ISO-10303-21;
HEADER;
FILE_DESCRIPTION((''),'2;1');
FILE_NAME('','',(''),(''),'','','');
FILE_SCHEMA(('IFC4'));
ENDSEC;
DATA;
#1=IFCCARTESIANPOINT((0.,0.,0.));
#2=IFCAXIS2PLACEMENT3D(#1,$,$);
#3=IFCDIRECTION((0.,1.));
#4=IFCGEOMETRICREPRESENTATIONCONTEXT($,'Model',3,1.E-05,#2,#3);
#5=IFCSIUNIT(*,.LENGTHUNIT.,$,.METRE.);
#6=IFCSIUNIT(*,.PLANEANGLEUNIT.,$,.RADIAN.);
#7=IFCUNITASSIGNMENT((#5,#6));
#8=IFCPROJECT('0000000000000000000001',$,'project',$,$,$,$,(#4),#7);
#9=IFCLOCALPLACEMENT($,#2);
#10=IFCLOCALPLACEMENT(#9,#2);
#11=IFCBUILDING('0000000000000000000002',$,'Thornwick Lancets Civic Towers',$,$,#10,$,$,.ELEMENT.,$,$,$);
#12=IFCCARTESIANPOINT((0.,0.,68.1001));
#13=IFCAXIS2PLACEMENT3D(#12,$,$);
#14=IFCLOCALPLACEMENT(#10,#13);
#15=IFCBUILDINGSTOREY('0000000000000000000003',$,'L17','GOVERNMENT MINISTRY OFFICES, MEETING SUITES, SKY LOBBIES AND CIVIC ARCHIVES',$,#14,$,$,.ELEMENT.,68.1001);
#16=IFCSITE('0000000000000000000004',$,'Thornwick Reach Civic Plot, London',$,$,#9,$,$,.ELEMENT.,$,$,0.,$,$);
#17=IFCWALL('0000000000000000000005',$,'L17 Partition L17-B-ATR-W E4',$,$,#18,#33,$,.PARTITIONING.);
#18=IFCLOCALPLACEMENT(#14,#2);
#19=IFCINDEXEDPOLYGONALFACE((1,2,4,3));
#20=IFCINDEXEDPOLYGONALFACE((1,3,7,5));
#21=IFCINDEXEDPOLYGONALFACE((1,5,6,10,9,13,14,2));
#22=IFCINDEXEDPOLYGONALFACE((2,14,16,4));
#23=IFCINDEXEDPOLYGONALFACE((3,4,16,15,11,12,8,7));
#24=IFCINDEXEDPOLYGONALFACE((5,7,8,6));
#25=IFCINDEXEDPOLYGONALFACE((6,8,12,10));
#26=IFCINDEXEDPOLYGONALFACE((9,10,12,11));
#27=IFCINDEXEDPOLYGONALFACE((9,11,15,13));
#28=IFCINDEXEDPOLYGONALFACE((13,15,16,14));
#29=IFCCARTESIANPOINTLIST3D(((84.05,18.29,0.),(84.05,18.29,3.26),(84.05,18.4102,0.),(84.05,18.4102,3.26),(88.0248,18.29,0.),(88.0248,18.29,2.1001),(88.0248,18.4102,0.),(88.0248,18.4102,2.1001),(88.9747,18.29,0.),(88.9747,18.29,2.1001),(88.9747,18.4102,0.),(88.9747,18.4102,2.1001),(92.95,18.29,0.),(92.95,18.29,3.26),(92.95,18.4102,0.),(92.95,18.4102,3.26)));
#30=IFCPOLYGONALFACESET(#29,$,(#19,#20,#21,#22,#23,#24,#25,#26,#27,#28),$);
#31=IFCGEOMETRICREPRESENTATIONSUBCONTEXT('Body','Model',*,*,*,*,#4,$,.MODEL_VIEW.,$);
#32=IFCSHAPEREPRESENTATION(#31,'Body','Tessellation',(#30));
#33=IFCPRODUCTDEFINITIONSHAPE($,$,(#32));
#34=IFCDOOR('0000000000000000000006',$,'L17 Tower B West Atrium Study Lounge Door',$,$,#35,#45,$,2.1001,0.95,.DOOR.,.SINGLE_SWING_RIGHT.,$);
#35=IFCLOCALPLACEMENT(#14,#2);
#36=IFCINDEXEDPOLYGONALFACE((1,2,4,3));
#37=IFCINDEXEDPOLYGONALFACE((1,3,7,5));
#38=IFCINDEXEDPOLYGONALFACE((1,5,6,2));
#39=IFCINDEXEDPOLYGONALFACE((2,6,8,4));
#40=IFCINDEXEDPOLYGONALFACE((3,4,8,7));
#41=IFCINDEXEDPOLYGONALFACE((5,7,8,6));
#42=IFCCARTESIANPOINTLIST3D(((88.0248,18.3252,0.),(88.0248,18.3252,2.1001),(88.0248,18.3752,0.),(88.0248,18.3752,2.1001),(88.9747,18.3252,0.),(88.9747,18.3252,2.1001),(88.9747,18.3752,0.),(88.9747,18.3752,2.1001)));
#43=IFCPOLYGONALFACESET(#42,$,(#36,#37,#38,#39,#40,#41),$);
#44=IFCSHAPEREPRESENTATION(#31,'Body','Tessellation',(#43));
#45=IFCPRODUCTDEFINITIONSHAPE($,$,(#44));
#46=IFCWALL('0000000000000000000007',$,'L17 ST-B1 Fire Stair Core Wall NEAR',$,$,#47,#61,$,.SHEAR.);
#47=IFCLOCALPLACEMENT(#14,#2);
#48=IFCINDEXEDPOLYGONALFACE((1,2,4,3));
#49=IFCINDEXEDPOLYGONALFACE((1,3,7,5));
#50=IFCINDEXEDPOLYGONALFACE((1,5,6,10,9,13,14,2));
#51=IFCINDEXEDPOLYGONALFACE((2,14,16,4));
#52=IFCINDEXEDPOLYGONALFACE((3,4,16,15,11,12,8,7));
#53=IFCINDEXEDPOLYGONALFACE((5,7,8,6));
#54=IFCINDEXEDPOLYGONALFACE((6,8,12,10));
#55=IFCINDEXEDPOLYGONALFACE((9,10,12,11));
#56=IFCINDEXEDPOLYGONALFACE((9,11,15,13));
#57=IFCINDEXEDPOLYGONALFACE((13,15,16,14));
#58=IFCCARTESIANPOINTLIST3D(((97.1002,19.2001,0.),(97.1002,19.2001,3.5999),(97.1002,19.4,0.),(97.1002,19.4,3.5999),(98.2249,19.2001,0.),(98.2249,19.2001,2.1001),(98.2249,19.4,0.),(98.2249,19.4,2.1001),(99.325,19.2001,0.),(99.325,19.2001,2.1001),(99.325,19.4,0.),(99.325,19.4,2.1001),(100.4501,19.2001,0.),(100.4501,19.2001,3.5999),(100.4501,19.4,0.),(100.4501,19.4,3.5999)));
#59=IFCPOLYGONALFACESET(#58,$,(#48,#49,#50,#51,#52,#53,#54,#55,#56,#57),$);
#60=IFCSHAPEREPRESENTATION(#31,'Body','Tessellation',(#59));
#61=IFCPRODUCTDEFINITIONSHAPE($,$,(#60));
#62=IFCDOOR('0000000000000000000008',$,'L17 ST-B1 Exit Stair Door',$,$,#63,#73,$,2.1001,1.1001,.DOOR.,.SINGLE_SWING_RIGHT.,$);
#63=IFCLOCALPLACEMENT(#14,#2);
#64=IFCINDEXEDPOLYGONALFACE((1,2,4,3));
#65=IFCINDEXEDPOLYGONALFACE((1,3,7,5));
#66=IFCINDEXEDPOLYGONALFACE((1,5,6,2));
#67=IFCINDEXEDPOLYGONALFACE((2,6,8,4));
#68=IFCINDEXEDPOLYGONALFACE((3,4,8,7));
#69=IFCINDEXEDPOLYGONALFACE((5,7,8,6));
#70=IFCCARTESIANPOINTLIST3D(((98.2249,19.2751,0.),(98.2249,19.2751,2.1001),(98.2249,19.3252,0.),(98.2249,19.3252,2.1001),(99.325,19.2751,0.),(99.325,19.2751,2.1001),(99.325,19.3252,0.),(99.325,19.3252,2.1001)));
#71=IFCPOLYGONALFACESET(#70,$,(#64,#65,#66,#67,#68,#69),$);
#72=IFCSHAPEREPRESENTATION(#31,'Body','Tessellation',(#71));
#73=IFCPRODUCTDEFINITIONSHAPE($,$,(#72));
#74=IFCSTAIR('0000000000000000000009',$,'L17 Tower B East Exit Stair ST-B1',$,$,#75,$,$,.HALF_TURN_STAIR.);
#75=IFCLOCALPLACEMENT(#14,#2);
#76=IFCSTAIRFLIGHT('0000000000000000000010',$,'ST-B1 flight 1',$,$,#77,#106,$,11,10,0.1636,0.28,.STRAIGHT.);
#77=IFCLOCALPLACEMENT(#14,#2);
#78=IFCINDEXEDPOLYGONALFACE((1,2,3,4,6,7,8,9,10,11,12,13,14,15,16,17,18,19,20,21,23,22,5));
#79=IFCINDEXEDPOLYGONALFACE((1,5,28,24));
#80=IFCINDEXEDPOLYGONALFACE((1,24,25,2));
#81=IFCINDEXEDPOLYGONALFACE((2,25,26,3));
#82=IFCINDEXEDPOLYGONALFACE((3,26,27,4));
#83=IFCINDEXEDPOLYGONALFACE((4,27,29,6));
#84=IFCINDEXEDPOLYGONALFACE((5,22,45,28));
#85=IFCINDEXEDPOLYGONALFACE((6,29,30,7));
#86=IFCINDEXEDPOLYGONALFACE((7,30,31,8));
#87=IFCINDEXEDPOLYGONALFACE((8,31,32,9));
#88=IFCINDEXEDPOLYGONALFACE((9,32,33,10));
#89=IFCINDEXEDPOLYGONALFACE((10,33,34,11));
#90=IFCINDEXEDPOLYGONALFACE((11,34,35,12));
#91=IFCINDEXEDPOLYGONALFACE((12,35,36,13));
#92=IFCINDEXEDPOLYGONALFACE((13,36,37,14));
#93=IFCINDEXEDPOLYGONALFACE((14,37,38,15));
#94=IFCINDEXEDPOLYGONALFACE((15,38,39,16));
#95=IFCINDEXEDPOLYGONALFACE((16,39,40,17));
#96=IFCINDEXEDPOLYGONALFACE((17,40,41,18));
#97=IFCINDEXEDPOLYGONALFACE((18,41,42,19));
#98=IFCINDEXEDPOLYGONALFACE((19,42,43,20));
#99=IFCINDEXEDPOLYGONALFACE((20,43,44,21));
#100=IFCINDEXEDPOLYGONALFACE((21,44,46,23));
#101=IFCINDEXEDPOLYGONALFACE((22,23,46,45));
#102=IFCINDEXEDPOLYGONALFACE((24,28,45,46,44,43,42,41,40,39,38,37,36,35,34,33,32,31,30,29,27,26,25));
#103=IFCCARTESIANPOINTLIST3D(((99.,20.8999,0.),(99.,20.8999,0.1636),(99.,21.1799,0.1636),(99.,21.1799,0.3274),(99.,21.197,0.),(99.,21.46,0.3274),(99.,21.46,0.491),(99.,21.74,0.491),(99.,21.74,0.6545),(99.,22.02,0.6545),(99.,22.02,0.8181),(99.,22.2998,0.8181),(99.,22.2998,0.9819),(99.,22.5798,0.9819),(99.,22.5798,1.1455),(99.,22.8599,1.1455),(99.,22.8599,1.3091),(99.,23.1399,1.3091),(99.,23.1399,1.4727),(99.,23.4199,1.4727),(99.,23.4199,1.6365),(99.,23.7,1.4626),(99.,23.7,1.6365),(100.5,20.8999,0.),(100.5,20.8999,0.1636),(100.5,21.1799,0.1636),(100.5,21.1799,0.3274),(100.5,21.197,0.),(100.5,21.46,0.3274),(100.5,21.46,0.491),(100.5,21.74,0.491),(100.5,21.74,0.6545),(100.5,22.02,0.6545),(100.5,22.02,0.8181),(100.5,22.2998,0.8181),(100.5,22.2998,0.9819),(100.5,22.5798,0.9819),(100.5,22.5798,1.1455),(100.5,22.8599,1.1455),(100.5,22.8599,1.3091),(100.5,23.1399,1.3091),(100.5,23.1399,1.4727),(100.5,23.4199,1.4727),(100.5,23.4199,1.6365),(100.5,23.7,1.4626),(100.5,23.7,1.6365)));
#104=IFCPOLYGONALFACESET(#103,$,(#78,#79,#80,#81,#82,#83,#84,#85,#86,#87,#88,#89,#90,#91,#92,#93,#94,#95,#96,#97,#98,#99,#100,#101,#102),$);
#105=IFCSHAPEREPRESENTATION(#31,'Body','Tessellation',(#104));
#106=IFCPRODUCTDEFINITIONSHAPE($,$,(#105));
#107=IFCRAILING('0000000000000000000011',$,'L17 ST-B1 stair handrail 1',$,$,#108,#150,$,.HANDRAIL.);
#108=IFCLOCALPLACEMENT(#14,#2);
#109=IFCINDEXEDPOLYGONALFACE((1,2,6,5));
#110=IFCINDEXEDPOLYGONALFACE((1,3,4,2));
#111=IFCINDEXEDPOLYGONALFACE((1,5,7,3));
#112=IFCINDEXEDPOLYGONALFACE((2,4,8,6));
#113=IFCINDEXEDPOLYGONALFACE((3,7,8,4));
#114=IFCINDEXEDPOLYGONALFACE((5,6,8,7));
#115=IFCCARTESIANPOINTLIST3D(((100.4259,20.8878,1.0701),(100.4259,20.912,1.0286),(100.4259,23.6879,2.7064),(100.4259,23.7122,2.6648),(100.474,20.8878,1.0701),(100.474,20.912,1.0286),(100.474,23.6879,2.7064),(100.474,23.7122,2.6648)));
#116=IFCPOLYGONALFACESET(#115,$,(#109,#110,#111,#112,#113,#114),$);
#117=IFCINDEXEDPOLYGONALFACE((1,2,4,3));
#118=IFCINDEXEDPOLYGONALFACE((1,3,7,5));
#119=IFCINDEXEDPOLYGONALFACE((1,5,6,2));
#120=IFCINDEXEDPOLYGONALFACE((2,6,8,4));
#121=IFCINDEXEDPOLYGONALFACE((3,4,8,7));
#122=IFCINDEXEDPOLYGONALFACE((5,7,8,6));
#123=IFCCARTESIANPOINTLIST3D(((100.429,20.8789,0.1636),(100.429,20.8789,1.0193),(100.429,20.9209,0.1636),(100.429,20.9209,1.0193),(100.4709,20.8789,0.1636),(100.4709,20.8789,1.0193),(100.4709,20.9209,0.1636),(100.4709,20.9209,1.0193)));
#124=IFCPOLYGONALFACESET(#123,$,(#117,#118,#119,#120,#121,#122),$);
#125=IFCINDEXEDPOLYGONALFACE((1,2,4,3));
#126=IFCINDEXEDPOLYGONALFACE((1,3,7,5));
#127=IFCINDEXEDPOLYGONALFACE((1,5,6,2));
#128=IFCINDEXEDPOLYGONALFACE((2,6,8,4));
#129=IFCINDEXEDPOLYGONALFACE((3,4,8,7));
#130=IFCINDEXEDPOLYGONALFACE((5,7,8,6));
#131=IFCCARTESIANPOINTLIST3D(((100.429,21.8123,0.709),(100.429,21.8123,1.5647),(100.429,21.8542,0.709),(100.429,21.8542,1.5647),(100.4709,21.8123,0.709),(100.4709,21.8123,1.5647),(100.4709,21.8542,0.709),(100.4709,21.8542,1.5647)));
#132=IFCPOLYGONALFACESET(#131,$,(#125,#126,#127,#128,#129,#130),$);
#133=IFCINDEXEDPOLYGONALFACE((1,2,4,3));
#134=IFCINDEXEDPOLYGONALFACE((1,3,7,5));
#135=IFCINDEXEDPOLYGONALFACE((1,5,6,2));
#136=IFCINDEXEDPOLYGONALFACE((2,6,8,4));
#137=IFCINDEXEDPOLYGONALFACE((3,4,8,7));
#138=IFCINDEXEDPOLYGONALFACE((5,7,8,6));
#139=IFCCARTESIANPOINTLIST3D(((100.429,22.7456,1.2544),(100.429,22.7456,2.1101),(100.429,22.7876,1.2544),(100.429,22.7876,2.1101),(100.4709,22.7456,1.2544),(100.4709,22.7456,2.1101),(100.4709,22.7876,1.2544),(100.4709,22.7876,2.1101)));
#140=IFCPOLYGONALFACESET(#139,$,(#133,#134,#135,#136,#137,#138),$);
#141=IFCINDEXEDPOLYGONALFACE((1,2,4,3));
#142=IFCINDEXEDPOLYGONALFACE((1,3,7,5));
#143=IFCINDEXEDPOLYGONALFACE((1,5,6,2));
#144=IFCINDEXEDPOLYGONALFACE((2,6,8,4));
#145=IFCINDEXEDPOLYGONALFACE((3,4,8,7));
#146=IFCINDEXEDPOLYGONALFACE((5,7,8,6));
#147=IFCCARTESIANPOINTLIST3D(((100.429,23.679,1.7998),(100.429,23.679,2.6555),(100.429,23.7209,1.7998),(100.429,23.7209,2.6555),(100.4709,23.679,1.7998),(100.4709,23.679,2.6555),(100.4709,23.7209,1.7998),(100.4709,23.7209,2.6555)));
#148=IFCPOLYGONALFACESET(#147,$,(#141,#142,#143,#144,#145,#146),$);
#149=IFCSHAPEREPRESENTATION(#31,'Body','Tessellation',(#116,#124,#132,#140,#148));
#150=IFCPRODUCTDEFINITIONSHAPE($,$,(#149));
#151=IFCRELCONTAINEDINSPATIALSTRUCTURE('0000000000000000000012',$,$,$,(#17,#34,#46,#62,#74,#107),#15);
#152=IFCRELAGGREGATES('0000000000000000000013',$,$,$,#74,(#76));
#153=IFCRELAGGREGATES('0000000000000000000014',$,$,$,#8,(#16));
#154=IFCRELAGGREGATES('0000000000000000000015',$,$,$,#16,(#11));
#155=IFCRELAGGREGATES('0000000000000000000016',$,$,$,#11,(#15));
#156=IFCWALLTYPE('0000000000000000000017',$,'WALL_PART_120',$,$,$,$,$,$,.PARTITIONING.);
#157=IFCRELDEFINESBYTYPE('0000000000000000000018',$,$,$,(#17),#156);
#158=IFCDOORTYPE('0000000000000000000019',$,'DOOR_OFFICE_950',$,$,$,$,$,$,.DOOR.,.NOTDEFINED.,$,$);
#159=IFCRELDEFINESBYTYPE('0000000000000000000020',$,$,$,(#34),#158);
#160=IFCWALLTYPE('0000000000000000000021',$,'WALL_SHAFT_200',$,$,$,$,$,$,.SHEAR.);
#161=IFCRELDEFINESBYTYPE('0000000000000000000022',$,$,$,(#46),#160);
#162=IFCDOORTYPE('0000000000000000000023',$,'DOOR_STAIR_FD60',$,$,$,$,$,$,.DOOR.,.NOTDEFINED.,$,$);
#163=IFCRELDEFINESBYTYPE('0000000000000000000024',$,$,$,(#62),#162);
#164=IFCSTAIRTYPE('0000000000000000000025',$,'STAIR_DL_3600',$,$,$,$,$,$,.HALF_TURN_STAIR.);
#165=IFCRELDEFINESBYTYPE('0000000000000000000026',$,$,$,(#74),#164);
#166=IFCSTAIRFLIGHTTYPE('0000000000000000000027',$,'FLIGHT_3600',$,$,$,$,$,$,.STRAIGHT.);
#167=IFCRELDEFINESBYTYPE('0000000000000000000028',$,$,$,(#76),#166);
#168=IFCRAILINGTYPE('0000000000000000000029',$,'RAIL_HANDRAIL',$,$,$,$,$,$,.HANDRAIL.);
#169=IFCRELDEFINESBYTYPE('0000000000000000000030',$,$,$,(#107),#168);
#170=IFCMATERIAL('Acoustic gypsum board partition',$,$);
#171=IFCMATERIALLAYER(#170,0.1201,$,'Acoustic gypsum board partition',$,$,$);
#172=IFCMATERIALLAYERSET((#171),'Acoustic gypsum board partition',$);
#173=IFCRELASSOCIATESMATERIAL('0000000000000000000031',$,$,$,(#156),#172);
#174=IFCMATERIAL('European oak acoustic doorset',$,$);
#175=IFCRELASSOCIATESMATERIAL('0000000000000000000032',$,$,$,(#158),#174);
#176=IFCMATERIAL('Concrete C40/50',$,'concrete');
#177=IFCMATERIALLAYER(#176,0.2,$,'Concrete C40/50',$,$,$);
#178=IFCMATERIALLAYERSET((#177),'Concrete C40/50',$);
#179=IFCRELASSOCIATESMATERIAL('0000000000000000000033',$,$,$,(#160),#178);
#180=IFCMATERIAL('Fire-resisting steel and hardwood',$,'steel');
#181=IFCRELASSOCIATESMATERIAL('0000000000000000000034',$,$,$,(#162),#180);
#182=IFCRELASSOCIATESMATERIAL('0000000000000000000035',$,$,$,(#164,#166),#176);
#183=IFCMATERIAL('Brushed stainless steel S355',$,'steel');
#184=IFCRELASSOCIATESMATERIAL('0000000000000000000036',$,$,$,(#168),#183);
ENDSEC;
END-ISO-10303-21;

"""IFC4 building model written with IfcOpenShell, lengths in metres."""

from ifc_helpers import new_model, si_unit, direction, frame, frame_2d, origin, origin_2d, place, context, subcontext, project, spatial, polyline, rectangle, outline, extrude, material, layer, layer_set, type_object, element, fill, aggregate, save


model = new_model("IFC4")

# Units and contexts
model_context = context("Model", 3, precision=1e-05, world=origin(), true_north=direction((0.0, 1.0)))
body_context = subcontext(model_context, "Body", "Model", "MODEL_VIEW")
ifc_project = project(units=[si_unit("LENGTHUNIT", "METRE"), si_unit("PLANEANGLEUNIT", "RADIAN")], contexts=[model_context])

# Site, building, storey
site_placement = place(None, origin())
site = spatial("IfcSite", under=ifc_project, at=site_placement, Name="Thornwick Reach Civic Plot, London", CompositionType="ELEMENT", RefElevation=0.0)
building_placement = place(site_placement, origin())
building = spatial("IfcBuilding", under=site, at=building_placement, Name="Thornwick Lancets Civic Towers", CompositionType="ELEMENT")
storey_placement = place(building_placement, frame((0.0, 0.0, 68.1001)))
storey = spatial("IfcBuildingStorey", under=building, at=storey_placement, Name="L17", Description="GOVERNMENT MINISTRY OFFICES, MEETING SUITES, SKY LOBBIES AND CIVIC ARCHIVES", CompositionType="ELEMENT", Elevation=68.1001)

# Shared definitions
ifc_material_1 = material(Name="Acoustic gypsum board partition")
ifc_layer_1 = layer(ifc_material_1, 0.1201, Name="Acoustic gypsum board partition")
ifc_layer_set_1 = layer_set([ifc_layer_1], Name="Acoustic gypsum board partition")
wall_type_1 = type_object("IfcWallType", Name="WALL_PART_120", PredefinedType="PARTITIONING", material=ifc_layer_set_1)

# Walls, openings, doors
wall_1_placement = place(storey_placement, frame((92.95, 18.3501, 0.0), z_axis=(0.0, 0.0, 1.0), x_axis=(-1.0, 0.0, 0.0)))
wall_1 = element("IfcWall", 1, at=wall_1_placement, inside=storey, type_object=wall_type_1, Name="L17 Partition L17-B-ATR-W E4", PredefinedType="PARTITIONING", context=body_context, shape_type="SweptSolid", body=[
    extrude(rectangle(XDim=8.8999, YDim=0.1201, at=frame_2d((4.45, 0.0))), origin(), (0.0, 0.0, 1.0), 3.26),
])
opening_1_placement = place(wall_1_placement, frame((3.9751, 0.0, 0.0)))
opening_1 = element("IfcOpeningElement", 2, at=opening_1_placement, cuts=wall_1, PredefinedType="OPENING", context=body_context, shape_type="SweptSolid", body=[
    extrude(rectangle(XDim=0.95, YDim=2.1001, at=frame_2d((0.4751, 1.05))), frame((0.0, 0.0701, 0.0), z_axis=(0.0, -1.0, 0.0), x_axis=(1.0, 0.0, 0.0)), (0.0, 0.0, 1.0), 0.1401),
])
ifc_material_2 = material(Name="European oak acoustic doorset")
door_type_1 = type_object("IfcDoorType", Name="DOOR_OFFICE_950", OperationType="NOTDEFINED", PredefinedType="DOOR", material=ifc_material_2)
door_1_placement = place(opening_1_placement, origin())
door_1 = element("IfcDoor", 3, at=door_1_placement, inside=storey, type_object=door_type_1, Name="L17 Tower B West Atrium Study Lounge Door", OperationType="SINGLE_SWING_RIGHT", OverallHeight=2.1001, OverallWidth=0.95, PredefinedType="DOOR", context=body_context, shape_type="SweptSolid", body=[
    extrude(rectangle(XDim=0.95, YDim=2.1001, at=frame_2d((0.4751, 1.05))), frame((0.0, 0.0249, 0.0), z_axis=(0.0, -1.0, 0.0), x_axis=(1.0, 0.0, 0.0)), (0.0, 0.0, 1.0), 0.05),
])
fill(opening_1, door_1)
ifc_material_3 = material(Name="Concrete C40/50", Category="concrete")
ifc_layer_2 = layer(ifc_material_3, 0.2, Name="Concrete C40/50")
ifc_layer_set_2 = layer_set([ifc_layer_2], Name="Concrete C40/50")
wall_type_2 = type_object("IfcWallType", Name="WALL_SHAFT_200", PredefinedType="SHEAR", material=ifc_layer_set_2)
wall_2_placement = place(storey_placement, frame((100.45, 19.3, 0.0), z_axis=(0.0, 0.0, 1.0), x_axis=(-1.0, 0.0, 0.0)))
wall_2 = element("IfcWall", 4, at=wall_2_placement, inside=storey, type_object=wall_type_2, Name="L17 ST-B1 Fire Stair Core Wall NEAR", PredefinedType="SHEAR", context=body_context, shape_type="SweptSolid", body=[
    extrude(rectangle(XDim=3.3499, YDim=0.2, at=frame_2d((1.6748, 0.0))), origin(), (0.0, 0.0, 1.0), 3.5999),
])
opening_2_placement = place(wall_2_placement, frame((1.125, 0.0, 0.0)))
opening_2 = element("IfcOpeningElement", 5, at=opening_2_placement, cuts=wall_2, PredefinedType="OPENING", context=body_context, shape_type="SweptSolid", body=[
    extrude(rectangle(XDim=1.1001, YDim=2.1001, at=frame_2d((0.55, 1.05))), frame((0.0, 0.1099, 0.0), z_axis=(0.0, -1.0, 0.0), x_axis=(1.0, 0.0, 0.0)), (0.0, 0.0, 1.0), 0.22),
])
ifc_material_4 = material(Name="Fire-resisting steel and hardwood", Category="steel")
door_type_2 = type_object("IfcDoorType", Name="DOOR_STAIR_FD60", OperationType="NOTDEFINED", PredefinedType="DOOR", material=ifc_material_4)
door_2_placement = place(opening_2_placement, origin())
door_2 = element("IfcDoor", 6, at=door_2_placement, inside=storey, type_object=door_type_2, Name="L17 ST-B1 Exit Stair Door", OperationType="SINGLE_SWING_RIGHT", OverallHeight=2.1001, OverallWidth=1.1001, PredefinedType="DOOR", context=body_context, shape_type="SweptSolid", body=[
    extrude(rectangle(XDim=1.1001, YDim=2.1001, at=frame_2d((0.55, 1.05))), frame((0.0, 0.0249, 0.0), z_axis=(0.0, -1.0, 0.0), x_axis=(1.0, 0.0, 0.0)), (0.0, 0.0, 1.0), 0.05),
])
fill(opening_2, door_2)

# Stair, stair flight
stair_type = type_object("IfcStairType", Name="STAIR_DL_3600", PredefinedType="HALF_TURN_STAIR", material=ifc_material_3)
stair_placement = place(storey_placement, origin())
stair = element("IfcStair", 7, at=stair_placement, inside=storey, type_object=stair_type, Name="L17 Tower B East Exit Stair ST-B1", PredefinedType="HALF_TURN_STAIR")
stair_flight_type = type_object("IfcStairFlightType", Name="FLIGHT_3600", PredefinedType="STRAIGHT", material=ifc_material_3)
stair_flight_placement = place(storey_placement, frame((99.75, 20.8999, 0.0), z_axis=(0.0, 0.0, 1.0), x_axis=(0.0, 1.0, 0.0)))
stair_flight = element("IfcStairFlight", 8, at=stair_flight_placement, type_object=stair_flight_type, Name="ST-B1 flight 1", NumberOfRisers=11, NumberOfTreads=10, PredefinedType="STRAIGHT", RiserHeight=0.1636, TreadLength=0.28, context=body_context, shape_type="SweptSolid", body=[
    extrude(outline(polyline([(0.0, 0.0), (0.0, 0.1636), (0.28, 0.1636), (0.28, 0.3274), (0.5601, 0.3274), (0.5601, 0.491), (0.8401, 0.491), (0.8401, 0.6545), (1.1201, 0.6545), (1.1201, 0.8181), (1.3999, 0.8181), (1.3999, 0.9819), (1.6799, 0.9819), (1.6799, 1.1455), (1.96, 1.1455), (1.96, 1.3091), (2.24, 1.3091), (2.24, 1.4727), (2.52, 1.4727), (2.52, 1.6365), (2.8, 1.6365), (2.8, 1.8), (2.8, 1.4626), (0.2971, 0.0), (0.0, 0.0)])), frame((0.0, 0.75, 0.0), z_axis=(0.0, -1.0, 0.0), x_axis=(1.0, 0.0, 0.0)), (0.0, 0.0, 1.0), 1.5),
])
aggregate(stair, [stair_flight])

# Railing
ifc_material_5 = material(Name="Brushed stainless steel S355", Category="steel")
railing_type_1 = type_object("IfcRailingType", Name="RAIL_HANDRAIL", PredefinedType="HANDRAIL", material=ifc_material_5)
railing_1_placement = place(storey_placement, frame((100.45, 20.8999, 0.1636)))
element("IfcRailing", 9, at=railing_1_placement, inside=storey, type_object=railing_type_1, Name="L17 ST-B1 stair handrail 1", PredefinedType="HANDRAIL", context=body_context, shape_type="SweptSolid", body=[
    extrude(rectangle(XDim=0.0481, YDim=0.0481, at=origin_2d()), frame((0.0, 0.0, 0.8857), z_axis=(0.0, 0.863394, 0.504531), x_axis=(-1.0, 0.0, 0.0)), (0.0, 0.0, 1.0), 3.2432),
    extrude(rectangle(XDim=0.042, YDim=0.042, at=origin_2d()), origin(), (0.0, 0.0, 1.0), 0.8557),
    extrude(rectangle(XDim=0.042, YDim=0.042, at=origin_2d()), frame((0.0, 0.9333, 0.5454)), (0.0, 0.0, 1.0), 0.8557),
    extrude(rectangle(XDim=0.042, YDim=0.042, at=origin_2d()), frame((0.0, 1.8667, 1.0908)), (0.0, 0.0, 1.0), 0.8557),
    extrude(rectangle(XDim=0.042, YDim=0.042, at=origin_2d()), frame((0.0, 2.8, 1.6362)), (0.0, 0.0, 1.0), 0.8557),
])

save(model, "model.ifc")
